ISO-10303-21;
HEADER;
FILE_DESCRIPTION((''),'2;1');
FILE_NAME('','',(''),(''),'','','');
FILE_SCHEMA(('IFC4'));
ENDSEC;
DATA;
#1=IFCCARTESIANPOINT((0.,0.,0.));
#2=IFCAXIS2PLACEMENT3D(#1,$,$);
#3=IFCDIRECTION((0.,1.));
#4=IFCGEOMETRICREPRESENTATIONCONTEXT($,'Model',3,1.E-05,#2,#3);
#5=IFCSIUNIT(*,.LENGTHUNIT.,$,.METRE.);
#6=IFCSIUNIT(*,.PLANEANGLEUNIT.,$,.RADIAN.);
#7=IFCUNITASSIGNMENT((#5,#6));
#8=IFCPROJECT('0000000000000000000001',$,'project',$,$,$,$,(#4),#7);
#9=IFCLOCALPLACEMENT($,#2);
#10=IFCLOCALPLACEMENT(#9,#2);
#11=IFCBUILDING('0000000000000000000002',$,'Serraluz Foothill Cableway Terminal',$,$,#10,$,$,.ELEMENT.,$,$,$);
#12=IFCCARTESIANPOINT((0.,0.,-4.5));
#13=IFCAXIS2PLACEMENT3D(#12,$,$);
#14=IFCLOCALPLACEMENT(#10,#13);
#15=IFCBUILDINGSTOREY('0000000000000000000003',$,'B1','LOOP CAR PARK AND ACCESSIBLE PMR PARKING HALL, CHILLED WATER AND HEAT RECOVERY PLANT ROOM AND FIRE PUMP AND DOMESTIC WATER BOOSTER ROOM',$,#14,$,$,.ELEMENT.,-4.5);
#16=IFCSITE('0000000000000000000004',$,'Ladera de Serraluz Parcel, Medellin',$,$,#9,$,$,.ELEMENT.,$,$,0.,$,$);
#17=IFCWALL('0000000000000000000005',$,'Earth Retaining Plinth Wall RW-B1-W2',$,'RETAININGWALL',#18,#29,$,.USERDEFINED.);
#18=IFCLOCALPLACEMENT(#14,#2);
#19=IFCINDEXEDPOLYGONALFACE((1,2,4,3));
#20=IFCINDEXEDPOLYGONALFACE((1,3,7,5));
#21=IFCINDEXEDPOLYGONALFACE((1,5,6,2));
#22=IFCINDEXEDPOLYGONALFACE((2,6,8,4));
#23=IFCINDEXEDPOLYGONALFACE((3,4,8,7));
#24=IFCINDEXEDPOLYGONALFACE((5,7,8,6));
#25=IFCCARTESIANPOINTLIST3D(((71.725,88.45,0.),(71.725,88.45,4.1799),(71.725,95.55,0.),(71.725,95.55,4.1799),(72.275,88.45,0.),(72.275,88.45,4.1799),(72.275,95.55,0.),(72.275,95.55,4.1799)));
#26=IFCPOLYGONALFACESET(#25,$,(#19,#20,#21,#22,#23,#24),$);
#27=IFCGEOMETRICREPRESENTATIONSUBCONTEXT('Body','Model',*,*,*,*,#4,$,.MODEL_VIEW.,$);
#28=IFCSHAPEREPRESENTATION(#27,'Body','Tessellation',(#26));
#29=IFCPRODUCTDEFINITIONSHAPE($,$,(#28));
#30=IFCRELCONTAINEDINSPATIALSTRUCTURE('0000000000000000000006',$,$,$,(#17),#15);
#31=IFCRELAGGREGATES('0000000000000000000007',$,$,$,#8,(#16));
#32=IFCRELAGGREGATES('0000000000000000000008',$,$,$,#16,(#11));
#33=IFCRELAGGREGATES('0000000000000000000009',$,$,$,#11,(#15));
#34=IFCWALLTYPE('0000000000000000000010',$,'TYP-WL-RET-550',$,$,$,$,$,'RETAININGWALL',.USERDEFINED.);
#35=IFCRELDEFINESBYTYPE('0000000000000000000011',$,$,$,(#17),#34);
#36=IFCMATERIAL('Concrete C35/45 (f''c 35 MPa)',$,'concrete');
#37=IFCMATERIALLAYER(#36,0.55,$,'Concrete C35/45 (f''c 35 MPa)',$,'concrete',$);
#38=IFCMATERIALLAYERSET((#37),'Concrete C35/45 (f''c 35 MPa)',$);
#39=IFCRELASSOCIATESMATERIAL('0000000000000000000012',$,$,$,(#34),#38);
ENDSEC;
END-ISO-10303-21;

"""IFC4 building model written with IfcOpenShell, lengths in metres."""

from ifc_helpers import new_model, si_unit, direction, frame, frame_2d, origin, place, context, subcontext, project, spatial, rectangle, extrude, material, layer, layer_set, type_object, element, save


model = new_model("IFC4")

# Units and contexts
model_context = context("Model", 3, precision=1e-05, world=origin(), true_north=direction((0.0, 1.0)))
body_context = subcontext(model_context, "Body", "Model", "MODEL_VIEW")
ifc_project = project(units=[si_unit("LENGTHUNIT", "METRE"), si_unit("PLANEANGLEUNIT", "RADIAN")], contexts=[model_context])

# Site, building, storey
site_placement = place(None, origin())
site = spatial("IfcSite", under=ifc_project, at=site_placement, Name="Ladera de Serraluz Parcel, Medellin", CompositionType="ELEMENT", RefElevation=0.0)
building_placement = place(site_placement, origin())
building = spatial("IfcBuilding", under=site, at=building_placement, Name="Serraluz Foothill Cableway Terminal", CompositionType="ELEMENT")
storey_placement = place(building_placement, frame((0.0, 0.0, -4.5)))
storey = spatial("IfcBuildingStorey", under=building, at=storey_placement, Name="B1", Description="LOOP CAR PARK AND ACCESSIBLE PMR PARKING HALL, CHILLED WATER AND HEAT RECOVERY PLANT ROOM AND FIRE PUMP AND DOMESTIC WATER BOOSTER ROOM", CompositionType="ELEMENT", Elevation=-4.5)

# Shared definitions
ifc_material_1 = material(Name="Concrete C35/45 (f'c 35 MPa)", Category="concrete")

# Wall
ifc_layer_1 = layer(ifc_material_1, 0.55, Name="Concrete C35/45 (f'c 35 MPa)", Category="concrete")
ifc_layer_set_1 = layer_set([ifc_layer_1], Name="Concrete C35/45 (f'c 35 MPa)")
wall_type_1 = type_object("IfcWallType", Name="TYP-WL-RET-550", ElementType="RETAININGWALL", PredefinedType="USERDEFINED", material=ifc_layer_set_1)
wall_1_placement = place(storey_placement, frame((72.0, 95.55, 0.0), z_axis=(0.0, 0.0, 1.0), x_axis=(0.0, -1.0, 0.0)))
element("IfcWall", 1, at=wall_1_placement, inside=storey, type_object=wall_type_1, Name="Earth Retaining Plinth Wall RW-B1-W2", ObjectType="RETAININGWALL", PredefinedType="USERDEFINED", context=body_context, shape_type="SweptSolid", body=[
    extrude(rectangle(XDim=7.1001, YDim=0.55, at=frame_2d((3.55, 0.0))), origin(), (0.0, 0.0, 1.0), 4.1799),
])

save(model, "model.ifc")
